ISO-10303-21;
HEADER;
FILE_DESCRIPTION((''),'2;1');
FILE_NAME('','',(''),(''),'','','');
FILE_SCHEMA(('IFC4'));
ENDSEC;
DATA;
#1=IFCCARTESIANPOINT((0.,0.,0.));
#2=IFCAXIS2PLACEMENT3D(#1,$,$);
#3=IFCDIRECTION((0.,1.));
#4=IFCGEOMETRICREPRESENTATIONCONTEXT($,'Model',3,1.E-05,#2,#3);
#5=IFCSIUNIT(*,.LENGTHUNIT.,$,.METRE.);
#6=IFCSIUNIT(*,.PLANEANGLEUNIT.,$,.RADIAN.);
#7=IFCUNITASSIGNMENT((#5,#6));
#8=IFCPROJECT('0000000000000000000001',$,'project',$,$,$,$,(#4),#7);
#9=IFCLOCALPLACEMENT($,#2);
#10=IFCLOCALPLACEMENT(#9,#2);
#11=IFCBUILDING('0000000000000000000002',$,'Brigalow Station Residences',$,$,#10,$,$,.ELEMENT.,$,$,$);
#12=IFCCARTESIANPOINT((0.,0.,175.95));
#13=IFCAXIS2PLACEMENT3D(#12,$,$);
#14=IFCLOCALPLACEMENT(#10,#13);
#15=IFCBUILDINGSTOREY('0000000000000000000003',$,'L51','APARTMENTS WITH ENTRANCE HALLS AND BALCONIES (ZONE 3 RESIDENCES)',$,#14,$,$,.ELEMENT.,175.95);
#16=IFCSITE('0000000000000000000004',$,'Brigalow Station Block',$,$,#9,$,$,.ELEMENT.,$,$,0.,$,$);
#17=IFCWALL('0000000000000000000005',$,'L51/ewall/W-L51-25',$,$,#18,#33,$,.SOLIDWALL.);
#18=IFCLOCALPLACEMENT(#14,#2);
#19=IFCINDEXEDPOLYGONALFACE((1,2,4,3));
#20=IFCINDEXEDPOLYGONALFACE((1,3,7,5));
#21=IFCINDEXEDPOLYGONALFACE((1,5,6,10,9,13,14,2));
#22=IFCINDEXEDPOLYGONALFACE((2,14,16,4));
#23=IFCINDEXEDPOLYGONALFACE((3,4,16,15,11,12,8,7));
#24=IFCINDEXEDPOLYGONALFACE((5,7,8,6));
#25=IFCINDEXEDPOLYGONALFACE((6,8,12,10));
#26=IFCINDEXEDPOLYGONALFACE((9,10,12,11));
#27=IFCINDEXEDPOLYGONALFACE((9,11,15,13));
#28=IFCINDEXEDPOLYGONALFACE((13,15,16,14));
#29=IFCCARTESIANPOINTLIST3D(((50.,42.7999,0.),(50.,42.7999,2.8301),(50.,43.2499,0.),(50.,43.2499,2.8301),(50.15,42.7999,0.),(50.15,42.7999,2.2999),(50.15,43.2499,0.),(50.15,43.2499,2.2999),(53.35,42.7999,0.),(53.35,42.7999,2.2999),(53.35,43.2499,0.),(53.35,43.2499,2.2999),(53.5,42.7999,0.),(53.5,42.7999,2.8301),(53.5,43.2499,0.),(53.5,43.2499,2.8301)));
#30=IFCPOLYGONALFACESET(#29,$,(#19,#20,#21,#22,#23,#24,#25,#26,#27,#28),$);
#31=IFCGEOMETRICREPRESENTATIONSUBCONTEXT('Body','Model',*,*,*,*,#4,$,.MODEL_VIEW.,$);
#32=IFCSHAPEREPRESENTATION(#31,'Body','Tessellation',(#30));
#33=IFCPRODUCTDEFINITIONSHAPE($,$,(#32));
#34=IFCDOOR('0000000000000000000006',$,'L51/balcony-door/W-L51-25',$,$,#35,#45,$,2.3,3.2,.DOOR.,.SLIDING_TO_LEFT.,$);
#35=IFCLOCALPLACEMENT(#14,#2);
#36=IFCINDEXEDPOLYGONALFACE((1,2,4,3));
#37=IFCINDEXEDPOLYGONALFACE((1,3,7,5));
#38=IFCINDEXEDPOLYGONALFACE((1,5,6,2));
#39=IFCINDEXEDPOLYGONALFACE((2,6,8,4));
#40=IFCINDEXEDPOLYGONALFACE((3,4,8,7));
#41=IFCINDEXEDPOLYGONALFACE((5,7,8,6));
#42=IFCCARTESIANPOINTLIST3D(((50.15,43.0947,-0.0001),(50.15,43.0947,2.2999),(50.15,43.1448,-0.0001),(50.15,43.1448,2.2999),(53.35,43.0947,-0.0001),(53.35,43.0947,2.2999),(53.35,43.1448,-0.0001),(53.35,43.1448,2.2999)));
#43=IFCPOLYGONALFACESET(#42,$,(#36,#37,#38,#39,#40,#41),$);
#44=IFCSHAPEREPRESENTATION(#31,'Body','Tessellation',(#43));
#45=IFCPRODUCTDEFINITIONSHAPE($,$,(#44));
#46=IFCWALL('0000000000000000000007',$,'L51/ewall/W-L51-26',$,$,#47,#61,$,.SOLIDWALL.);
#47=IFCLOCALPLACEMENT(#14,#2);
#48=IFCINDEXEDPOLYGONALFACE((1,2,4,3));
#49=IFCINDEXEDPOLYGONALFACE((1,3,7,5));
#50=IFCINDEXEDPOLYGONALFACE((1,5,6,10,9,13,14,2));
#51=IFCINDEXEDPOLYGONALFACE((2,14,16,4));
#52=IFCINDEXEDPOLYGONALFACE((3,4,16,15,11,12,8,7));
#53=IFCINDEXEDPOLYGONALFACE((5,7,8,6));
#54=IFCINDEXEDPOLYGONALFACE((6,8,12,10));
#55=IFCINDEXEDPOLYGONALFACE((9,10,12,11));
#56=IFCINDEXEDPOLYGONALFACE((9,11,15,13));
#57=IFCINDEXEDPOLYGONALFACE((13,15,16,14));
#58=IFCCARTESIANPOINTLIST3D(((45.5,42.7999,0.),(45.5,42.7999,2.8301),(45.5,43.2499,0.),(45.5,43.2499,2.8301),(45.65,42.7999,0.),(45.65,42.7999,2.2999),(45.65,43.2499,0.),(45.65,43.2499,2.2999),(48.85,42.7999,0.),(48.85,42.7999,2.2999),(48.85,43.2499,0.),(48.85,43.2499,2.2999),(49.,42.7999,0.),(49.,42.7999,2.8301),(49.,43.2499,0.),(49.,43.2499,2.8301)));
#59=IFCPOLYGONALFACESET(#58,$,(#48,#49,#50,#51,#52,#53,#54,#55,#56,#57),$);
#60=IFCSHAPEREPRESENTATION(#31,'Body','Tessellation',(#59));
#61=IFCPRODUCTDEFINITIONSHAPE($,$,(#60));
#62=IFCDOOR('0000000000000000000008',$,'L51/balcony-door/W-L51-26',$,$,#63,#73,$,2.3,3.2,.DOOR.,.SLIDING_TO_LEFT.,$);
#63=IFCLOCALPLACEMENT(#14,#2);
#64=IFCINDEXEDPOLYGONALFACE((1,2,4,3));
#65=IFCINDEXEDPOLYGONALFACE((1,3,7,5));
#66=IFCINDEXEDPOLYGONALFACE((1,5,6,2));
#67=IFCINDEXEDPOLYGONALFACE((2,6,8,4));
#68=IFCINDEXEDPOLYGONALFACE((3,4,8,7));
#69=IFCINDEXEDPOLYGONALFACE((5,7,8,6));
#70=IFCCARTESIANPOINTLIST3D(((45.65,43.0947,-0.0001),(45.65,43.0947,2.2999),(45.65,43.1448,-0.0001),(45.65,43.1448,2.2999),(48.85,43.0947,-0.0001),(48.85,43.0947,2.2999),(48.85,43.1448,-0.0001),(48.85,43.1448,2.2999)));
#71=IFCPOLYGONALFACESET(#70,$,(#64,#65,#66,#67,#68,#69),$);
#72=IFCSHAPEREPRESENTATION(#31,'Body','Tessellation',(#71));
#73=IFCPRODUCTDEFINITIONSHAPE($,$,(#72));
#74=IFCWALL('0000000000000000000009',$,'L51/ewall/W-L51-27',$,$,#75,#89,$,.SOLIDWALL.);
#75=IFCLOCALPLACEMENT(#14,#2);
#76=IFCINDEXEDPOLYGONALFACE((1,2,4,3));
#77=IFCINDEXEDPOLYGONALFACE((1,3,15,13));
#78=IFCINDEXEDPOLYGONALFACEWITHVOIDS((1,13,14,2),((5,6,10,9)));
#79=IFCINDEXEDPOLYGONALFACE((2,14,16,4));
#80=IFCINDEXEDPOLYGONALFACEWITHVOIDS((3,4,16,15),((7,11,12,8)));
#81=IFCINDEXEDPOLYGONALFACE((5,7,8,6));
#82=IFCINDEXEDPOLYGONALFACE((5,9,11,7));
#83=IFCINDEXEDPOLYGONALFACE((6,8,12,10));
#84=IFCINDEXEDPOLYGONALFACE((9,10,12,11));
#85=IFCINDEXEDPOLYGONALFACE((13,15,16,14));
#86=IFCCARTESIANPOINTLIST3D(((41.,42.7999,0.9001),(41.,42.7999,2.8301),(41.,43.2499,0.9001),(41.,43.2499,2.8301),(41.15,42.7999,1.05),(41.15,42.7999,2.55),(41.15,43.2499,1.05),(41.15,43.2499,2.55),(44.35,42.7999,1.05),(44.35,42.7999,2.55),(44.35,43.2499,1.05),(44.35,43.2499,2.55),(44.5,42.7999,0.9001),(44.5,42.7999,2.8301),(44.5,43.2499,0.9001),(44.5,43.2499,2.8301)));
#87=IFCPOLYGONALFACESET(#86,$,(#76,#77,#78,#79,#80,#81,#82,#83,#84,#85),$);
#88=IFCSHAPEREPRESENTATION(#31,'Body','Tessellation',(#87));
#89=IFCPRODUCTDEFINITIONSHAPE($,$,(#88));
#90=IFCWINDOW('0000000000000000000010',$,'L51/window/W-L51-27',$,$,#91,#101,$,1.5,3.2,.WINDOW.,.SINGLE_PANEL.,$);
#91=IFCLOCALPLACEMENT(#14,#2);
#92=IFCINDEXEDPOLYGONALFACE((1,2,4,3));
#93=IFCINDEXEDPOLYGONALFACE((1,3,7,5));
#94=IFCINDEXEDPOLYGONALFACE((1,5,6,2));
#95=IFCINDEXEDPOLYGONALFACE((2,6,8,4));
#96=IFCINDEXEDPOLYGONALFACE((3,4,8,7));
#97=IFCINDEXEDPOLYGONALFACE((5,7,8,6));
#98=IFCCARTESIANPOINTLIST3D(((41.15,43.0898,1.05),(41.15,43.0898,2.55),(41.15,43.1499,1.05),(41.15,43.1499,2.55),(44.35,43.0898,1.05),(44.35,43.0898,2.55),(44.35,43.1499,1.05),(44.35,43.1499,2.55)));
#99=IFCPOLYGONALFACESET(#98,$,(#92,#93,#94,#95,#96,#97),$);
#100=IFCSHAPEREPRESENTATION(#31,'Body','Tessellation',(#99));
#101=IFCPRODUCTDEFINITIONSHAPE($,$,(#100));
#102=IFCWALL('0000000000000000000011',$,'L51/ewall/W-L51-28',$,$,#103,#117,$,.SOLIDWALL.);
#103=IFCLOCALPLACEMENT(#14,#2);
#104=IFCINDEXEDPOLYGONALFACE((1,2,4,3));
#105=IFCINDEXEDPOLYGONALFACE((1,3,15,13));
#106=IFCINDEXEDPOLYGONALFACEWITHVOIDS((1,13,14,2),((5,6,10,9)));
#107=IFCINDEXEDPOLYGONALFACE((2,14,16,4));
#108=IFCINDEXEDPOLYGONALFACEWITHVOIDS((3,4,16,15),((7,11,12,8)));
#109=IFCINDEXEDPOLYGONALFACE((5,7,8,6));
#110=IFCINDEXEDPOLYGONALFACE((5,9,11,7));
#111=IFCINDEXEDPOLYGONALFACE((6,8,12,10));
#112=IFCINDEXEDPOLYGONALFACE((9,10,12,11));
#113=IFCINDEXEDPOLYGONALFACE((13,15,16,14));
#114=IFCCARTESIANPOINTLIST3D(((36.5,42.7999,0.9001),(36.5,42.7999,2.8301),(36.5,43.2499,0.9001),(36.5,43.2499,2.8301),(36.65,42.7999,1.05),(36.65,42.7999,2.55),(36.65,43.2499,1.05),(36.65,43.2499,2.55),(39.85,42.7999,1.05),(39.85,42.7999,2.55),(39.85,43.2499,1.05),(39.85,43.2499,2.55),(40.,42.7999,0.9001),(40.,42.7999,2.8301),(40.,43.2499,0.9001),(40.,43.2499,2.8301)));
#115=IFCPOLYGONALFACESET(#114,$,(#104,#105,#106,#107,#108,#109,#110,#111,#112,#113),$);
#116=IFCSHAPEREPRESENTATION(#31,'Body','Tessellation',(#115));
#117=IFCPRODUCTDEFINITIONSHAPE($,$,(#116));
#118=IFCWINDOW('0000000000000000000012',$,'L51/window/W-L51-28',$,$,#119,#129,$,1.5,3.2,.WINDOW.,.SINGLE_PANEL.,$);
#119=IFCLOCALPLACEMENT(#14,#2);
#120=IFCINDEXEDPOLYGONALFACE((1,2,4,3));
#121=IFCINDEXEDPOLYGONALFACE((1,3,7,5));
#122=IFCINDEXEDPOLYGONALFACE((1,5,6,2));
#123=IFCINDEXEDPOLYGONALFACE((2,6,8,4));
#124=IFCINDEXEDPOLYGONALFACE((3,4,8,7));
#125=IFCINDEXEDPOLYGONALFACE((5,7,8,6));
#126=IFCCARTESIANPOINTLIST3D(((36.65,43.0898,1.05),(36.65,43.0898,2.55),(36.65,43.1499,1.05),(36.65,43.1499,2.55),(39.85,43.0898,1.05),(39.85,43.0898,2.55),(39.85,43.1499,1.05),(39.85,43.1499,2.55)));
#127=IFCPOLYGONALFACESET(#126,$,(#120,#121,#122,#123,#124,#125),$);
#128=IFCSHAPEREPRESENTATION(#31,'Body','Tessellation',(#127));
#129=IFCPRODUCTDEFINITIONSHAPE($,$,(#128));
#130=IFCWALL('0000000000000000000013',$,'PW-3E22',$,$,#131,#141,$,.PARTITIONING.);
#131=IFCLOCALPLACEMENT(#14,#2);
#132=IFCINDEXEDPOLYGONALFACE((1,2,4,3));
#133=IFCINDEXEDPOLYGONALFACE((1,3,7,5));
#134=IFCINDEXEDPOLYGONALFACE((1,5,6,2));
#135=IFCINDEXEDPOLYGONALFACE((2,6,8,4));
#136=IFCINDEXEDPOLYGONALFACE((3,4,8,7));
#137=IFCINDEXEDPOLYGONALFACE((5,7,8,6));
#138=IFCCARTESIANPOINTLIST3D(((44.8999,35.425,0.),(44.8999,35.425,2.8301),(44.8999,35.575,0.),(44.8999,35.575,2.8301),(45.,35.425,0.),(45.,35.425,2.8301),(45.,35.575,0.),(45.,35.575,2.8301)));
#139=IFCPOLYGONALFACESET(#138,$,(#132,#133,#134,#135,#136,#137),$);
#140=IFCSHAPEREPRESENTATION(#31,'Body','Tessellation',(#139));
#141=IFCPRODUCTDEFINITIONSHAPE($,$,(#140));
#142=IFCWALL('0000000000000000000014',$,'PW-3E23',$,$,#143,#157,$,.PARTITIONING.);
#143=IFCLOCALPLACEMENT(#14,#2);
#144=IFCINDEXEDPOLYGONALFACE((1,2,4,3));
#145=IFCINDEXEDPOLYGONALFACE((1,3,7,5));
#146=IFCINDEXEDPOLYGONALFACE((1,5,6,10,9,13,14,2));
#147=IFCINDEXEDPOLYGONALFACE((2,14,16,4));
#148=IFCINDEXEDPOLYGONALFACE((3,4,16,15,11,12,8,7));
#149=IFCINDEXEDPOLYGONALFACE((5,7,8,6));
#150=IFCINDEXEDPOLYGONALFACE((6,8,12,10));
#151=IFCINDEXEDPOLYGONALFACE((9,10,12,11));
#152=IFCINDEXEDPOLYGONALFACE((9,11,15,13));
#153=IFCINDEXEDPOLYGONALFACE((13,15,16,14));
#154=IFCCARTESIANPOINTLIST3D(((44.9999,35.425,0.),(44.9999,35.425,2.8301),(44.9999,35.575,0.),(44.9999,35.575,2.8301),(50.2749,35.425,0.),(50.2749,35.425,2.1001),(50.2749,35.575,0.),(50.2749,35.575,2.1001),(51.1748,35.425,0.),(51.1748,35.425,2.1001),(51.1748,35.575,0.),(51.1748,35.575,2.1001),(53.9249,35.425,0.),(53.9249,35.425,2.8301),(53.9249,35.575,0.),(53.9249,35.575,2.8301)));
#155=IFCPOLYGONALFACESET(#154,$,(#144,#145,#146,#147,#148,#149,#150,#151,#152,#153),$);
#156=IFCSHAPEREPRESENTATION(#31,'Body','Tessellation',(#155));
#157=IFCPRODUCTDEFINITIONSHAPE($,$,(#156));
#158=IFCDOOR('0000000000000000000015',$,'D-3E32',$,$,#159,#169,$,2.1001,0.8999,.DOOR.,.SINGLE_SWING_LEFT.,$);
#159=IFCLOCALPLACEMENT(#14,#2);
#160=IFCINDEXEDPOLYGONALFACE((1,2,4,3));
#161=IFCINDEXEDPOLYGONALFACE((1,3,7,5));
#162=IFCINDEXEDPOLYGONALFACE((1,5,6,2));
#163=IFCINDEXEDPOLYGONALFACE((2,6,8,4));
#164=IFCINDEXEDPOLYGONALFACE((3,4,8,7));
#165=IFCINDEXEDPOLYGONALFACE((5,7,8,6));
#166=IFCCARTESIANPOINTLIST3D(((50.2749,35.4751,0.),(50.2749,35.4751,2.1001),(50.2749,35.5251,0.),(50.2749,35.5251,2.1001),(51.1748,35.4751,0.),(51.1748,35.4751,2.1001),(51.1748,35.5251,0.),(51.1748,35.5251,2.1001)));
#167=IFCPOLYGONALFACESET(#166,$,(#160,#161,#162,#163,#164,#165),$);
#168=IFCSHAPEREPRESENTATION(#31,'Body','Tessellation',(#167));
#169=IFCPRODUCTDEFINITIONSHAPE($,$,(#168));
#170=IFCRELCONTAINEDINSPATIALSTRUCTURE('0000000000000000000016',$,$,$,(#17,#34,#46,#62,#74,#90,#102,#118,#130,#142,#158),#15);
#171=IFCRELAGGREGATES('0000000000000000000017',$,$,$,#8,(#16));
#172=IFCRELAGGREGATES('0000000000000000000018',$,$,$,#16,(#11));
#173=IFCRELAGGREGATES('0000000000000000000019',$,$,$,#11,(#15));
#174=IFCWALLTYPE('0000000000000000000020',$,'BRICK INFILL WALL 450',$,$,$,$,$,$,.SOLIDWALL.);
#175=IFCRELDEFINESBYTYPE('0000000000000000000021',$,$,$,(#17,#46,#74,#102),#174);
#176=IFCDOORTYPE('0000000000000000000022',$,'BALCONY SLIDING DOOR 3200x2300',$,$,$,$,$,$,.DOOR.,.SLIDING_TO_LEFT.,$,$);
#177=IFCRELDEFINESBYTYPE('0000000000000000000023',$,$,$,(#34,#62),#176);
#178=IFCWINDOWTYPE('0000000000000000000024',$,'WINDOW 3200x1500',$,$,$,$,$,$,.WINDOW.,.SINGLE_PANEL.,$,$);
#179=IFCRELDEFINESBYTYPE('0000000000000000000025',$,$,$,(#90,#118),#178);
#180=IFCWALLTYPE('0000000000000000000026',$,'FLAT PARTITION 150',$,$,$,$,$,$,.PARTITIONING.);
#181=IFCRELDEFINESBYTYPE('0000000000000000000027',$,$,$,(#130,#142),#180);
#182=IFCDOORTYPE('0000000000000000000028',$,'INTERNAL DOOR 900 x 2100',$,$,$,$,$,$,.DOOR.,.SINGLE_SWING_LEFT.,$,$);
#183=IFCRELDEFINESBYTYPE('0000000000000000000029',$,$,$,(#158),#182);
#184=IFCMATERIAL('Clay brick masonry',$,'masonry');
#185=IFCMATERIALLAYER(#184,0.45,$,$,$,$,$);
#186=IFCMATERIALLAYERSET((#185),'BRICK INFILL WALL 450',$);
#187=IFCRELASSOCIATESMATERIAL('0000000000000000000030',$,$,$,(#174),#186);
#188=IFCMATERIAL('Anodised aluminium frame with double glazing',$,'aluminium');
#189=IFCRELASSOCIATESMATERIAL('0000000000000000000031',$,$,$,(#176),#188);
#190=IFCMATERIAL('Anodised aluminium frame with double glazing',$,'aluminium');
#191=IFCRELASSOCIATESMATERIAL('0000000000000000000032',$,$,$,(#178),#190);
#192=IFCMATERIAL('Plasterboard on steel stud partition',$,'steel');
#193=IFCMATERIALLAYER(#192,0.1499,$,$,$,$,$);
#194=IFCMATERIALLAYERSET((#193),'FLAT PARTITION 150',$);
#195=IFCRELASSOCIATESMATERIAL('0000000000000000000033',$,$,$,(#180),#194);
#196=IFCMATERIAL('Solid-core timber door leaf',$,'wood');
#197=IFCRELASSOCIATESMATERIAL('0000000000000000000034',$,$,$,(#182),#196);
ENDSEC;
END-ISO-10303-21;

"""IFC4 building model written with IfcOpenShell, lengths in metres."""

from ifc_helpers import new_model, si_unit, direction, frame, frame_2d, origin, place, context, subcontext, project, spatial, rectangle, extrude, material, layer, layer_set, type_object, element, fill, save


model = new_model("IFC4")

# Units and contexts
model_context = context("Model", 3, precision=1e-05, world=origin(), true_north=direction((0.0, 1.0)))
body_context = subcontext(model_context, "Body", "Model", "MODEL_VIEW")
ifc_project = project(units=[si_unit("LENGTHUNIT", "METRE"), si_unit("PLANEANGLEUNIT", "RADIAN")], contexts=[model_context])

# Site, building, storey
site_placement = place(None, origin())
site = spatial("IfcSite", under=ifc_project, at=site_placement, Name="Brigalow Station Block", CompositionType="ELEMENT", RefElevation=0.0)
building_placement = place(site_placement, origin())
building = spatial("IfcBuilding", under=site, at=building_placement, Name="Brigalow Station Residences", CompositionType="ELEMENT")
storey_placement = place(building_placement, frame((0.0, 0.0, 175.95)))
storey = spatial("IfcBuildingStorey", under=building, at=storey_placement, Name="L51", Description="APARTMENTS WITH ENTRANCE HALLS AND BALCONIES (ZONE 3 RESIDENCES)", CompositionType="ELEMENT", Elevation=175.95)

# Walls, openings, doors
ifc_material_1 = material(Name="Clay brick masonry", Category="masonry")
ifc_layer_1 = layer(ifc_material_1, 0.45)
ifc_layer_set_1 = layer_set([ifc_layer_1], Name="BRICK INFILL WALL 450")
wall_type_1 = type_object("IfcWallType", Name="BRICK INFILL WALL 450", PredefinedType="SOLIDWALL", material=ifc_layer_set_1)
wall_1_placement = place(storey_placement, frame((53.5, 43.0249, 0.0), z_axis=(0.0, 0.0, 1.0), x_axis=(-1.0, 0.0, 0.0)))
wall_1 = element("IfcWall", 1, at=wall_1_placement, inside=storey, type_object=wall_type_1, Name="L51/ewall/W-L51-25", PredefinedType="SOLIDWALL", context=body_context, shape_type="SweptSolid", body=[
    extrude(rectangle(XDim=3.5, YDim=0.45, at=frame_2d((1.75, 0.0))), origin(), (0.0, 0.0, 1.0), 2.8301),
])
opening_1_placement = place(wall_1_placement, frame((0.1499, 0.0, 0.0)))
opening_1 = element("IfcOpeningElement", 2, at=opening_1_placement, cuts=wall_1, PredefinedType="OPENING", context=body_context, shape_type="SweptSolid", body=[
    extrude(rectangle(XDim=3.2, YDim=2.3, at=frame_2d((1.6001, 1.1499))), frame((0.0, 0.2349, 0.0), z_axis=(0.0, -1.0, 0.0), x_axis=(1.0, 0.0, 0.0)), (0.0, 0.0, 1.0), 0.47),
])
ifc_material_2 = material(Name="Anodised aluminium frame with double glazing", Category="aluminium")
door_type_1 = type_object("IfcDoorType", Name="BALCONY SLIDING DOOR 3200x2300", OperationType="SLIDING_TO_LEFT", PredefinedType="DOOR", material=ifc_material_2)
door_1_placement = place(opening_1_placement, origin())
door_1 = element("IfcDoor", 3, at=door_1_placement, inside=storey, type_object=door_type_1, Name="L51/balcony-door/W-L51-25", OperationType="SLIDING_TO_LEFT", OverallHeight=2.3, OverallWidth=3.2, PredefinedType="DOOR", context=body_context, shape_type="SweptSolid", body=[
    extrude(rectangle(XDim=3.2, YDim=2.3, at=frame_2d((1.6001, 1.1499))), frame((0.0, -0.0698, 0.0), z_axis=(0.0, -1.0, 0.0), x_axis=(1.0, 0.0, 0.0)), (0.0, 0.0, 1.0), 0.05),
])
fill(opening_1, door_1)
wall_2_placement = place(storey_placement, frame((49.0, 43.0249, 0.0), z_axis=(0.0, 0.0, 1.0), x_axis=(-1.0, 0.0, 0.0)))
wall_2 = element("IfcWall", 4, at=wall_2_placement, inside=storey, type_object=wall_type_1, Name="L51/ewall/W-L51-26", PredefinedType="SOLIDWALL", context=body_context, shape_type="SweptSolid", body=[
    extrude(rectangle(XDim=3.5, YDim=0.45, at=frame_2d((1.75, 0.0))), origin(), (0.0, 0.0, 1.0), 2.8301),
])
opening_2_placement = place(wall_2_placement, frame((0.1499, 0.0, 0.0)))
opening_2 = element("IfcOpeningElement", 5, at=opening_2_placement, cuts=wall_2, PredefinedType="OPENING", context=body_context, shape_type="SweptSolid", body=[
    extrude(rectangle(XDim=3.2, YDim=2.3, at=frame_2d((1.6001, 1.1499))), frame((0.0, 0.2349, 0.0), z_axis=(0.0, -1.0, 0.0), x_axis=(1.0, 0.0, 0.0)), (0.0, 0.0, 1.0), 0.47),
])
door_2_placement = place(opening_2_placement, origin())
door_2 = element("IfcDoor", 6, at=door_2_placement, inside=storey, type_object=door_type_1, Name="L51/balcony-door/W-L51-26", OperationType="SLIDING_TO_LEFT", OverallHeight=2.3, OverallWidth=3.2, PredefinedType="DOOR", context=body_context, shape_type="SweptSolid", body=[
    extrude(rectangle(XDim=3.2, YDim=2.3, at=frame_2d((1.6001, 1.1499))), frame((0.0, -0.0698, 0.0), z_axis=(0.0, -1.0, 0.0), x_axis=(1.0, 0.0, 0.0)), (0.0, 0.0, 1.0), 0.05),
])
fill(opening_2, door_2)

# Walls, openings, windows
wall_3_placement = place(storey_placement, frame((44.5, 43.0249, 0.9001), z_axis=(0.0, 0.0, 1.0), x_axis=(-1.0, 0.0, 0.0)))
wall_3 = element("IfcWall", 7, at=wall_3_placement, inside=storey, type_object=wall_type_1, Name="L51/ewall/W-L51-27", PredefinedType="SOLIDWALL", context=body_context, shape_type="SweptSolid", body=[
    extrude(rectangle(XDim=3.5, YDim=0.45, at=frame_2d((1.75, 0.0))), origin(), (0.0, 0.0, 1.0), 1.9299),
])
opening_3_placement = place(wall_3_placement, frame((0.1499, 0.0, 0.1499)))
opening_3 = element("IfcOpeningElement", 8, at=opening_3_placement, cuts=wall_3, PredefinedType="OPENING", context=body_context, shape_type="SweptSolid", body=[
    extrude(rectangle(XDim=3.2, YDim=1.5, at=frame_2d((1.6001, 0.75))), frame((0.0, 0.2349, 0.0), z_axis=(0.0, -1.0, 0.0), x_axis=(1.0, 0.0, 0.0)), (0.0, 0.0, 1.0), 0.47),
])
ifc_material_3 = material(Name="Anodised aluminium frame with double glazing", Category="aluminium")
window_type = type_object("IfcWindowType", Name="WINDOW 3200x1500", PartitioningType="SINGLE_PANEL", PredefinedType="WINDOW", material=ifc_material_3)
window_1_placement = place(opening_3_placement, origin())
window_1 = element("IfcWindow", 9, at=window_1_placement, inside=storey, type_object=window_type, Name="L51/window/W-L51-27", OverallHeight=1.5, OverallWidth=3.2, PartitioningType="SINGLE_PANEL", PredefinedType="WINDOW", context=body_context, shape_type="SweptSolid", body=[
    extrude(rectangle(XDim=3.2, YDim=1.5, at=frame_2d((1.6001, 0.75))), frame((0.0, -0.0649, 0.0), z_axis=(0.0, -1.0, 0.0), x_axis=(1.0, 0.0, 0.0)), (0.0, 0.0, 1.0), 0.0601),
])
fill(opening_3, window_1)
wall_4_placement = place(storey_placement, frame((40.0, 43.0249, 0.9001), z_axis=(0.0, 0.0, 1.0), x_axis=(-1.0, 0.0, 0.0)))
wall_4 = element("IfcWall", 10, at=wall_4_placement, inside=storey, type_object=wall_type_1, Name="L51/ewall/W-L51-28", PredefinedType="SOLIDWALL", context=body_context, shape_type="SweptSolid", body=[
    extrude(rectangle(XDim=3.5, YDim=0.45, at=frame_2d((1.75, 0.0))), origin(), (0.0, 0.0, 1.0), 1.9299),
])
opening_4_placement = place(wall_4_placement, frame((0.1499, 0.0, 0.1499)))
opening_4 = element("IfcOpeningElement", 11, at=opening_4_placement, cuts=wall_4, PredefinedType="OPENING", context=body_context, shape_type="SweptSolid", body=[
    extrude(rectangle(XDim=3.2, YDim=1.5, at=frame_2d((1.6001, 0.75))), frame((0.0, 0.2349, 0.0), z_axis=(0.0, -1.0, 0.0), x_axis=(1.0, 0.0, 0.0)), (0.0, 0.0, 1.0), 0.47),
])
window_2_placement = place(opening_4_placement, origin())
window_2 = element("IfcWindow", 12, at=window_2_placement, inside=storey, type_object=window_type, Name="L51/window/W-L51-28", OverallHeight=1.5, OverallWidth=3.2, PartitioningType="SINGLE_PANEL", PredefinedType="WINDOW", context=body_context, shape_type="SweptSolid", body=[
    extrude(rectangle(XDim=3.2, YDim=1.5, at=frame_2d((1.6001, 0.75))), frame((0.0, -0.0649, 0.0), z_axis=(0.0, -1.0, 0.0), x_axis=(1.0, 0.0, 0.0)), (0.0, 0.0, 1.0), 0.0601),
])
fill(opening_4, window_2)

# Wall
ifc_material_4 = material(Name="Plasterboard on steel stud partition", Category="steel")
ifc_layer_2 = layer(ifc_material_4, 0.1499)
ifc_layer_set_2 = layer_set([ifc_layer_2], Name="FLAT PARTITION 150")
wall_type_2 = type_object("IfcWallType", Name="FLAT PARTITION 150", PredefinedType="PARTITIONING", material=ifc_layer_set_2)
wall_5_placement = place(storey_placement, frame((44.8999, 35.5, 0.0), z_axis=(0.0, 0.0, 1.0), x_axis=(1.0, 0.0, 0.0)))
element("IfcWall", 13, at=wall_5_placement, inside=storey, type_object=wall_type_2, Name="PW-3E22", PredefinedType="PARTITIONING", context=body_context, shape_type="SweptSolid", body=[
    extrude(rectangle(XDim=0.1001, YDim=0.1499, at=frame_2d((0.05, 0.0))), origin(), (0.0, 0.0, 1.0), 2.8301),
])

# Wall, opening, door
wall_6_placement = place(storey_placement, frame((45.0, 35.5, 0.0), z_axis=(0.0, 0.0, 1.0), x_axis=(1.0, 0.0, 0.0)))
wall_6 = element("IfcWall", 14, at=wall_6_placement, inside=storey, type_object=wall_type_2, Name="PW-3E23", PredefinedType="PARTITIONING", context=body_context, shape_type="SweptSolid", body=[
    extrude(rectangle(XDim=8.925, YDim=0.1499, at=frame_2d((4.4624, 0.0))), origin(), (0.0, 0.0, 1.0), 2.8301),
])
opening_5_placement = place(wall_6_placement, frame((5.2749, 0.0, 0.0)))
opening_5 = element("IfcOpeningElement", 15, at=opening_5_placement, cuts=wall_6, PredefinedType="OPENING", context=body_context, shape_type="SweptSolid", body=[
    extrude(rectangle(XDim=0.8999, YDim=2.1001, at=frame_2d((0.45, 1.05))), frame((0.0, 0.085, 0.0), z_axis=(0.0, -1.0, 0.0), x_axis=(1.0, 0.0, 0.0)), (0.0, 0.0, 1.0), 0.1699),
])
ifc_material_5 = material(Name="Solid-core timber door leaf", Category="wood")
door_type_2 = type_object("IfcDoorType", Name="INTERNAL DOOR 900 x 2100", OperationType="SINGLE_SWING_LEFT", PredefinedType="DOOR", material=ifc_material_5)
door_3_placement = place(opening_5_placement, frame((0.8999, 0.0, 0.0), z_axis=(0.0, 0.0, 1.0), x_axis=(-1.0, 0.0, 0.0)))
door_3 = element("IfcDoor", 16, at=door_3_placement, inside=storey, type_object=door_type_2, Name="D-3E32", OperationType="SINGLE_SWING_LEFT", OverallHeight=2.1001, OverallWidth=0.8999, PredefinedType="DOOR", context=body_context, shape_type="SweptSolid", body=[
    extrude(rectangle(XDim=0.8999, YDim=2.1001, at=frame_2d((0.45, 1.05))), frame((0.0, 0.0249, 0.0), z_axis=(0.0, -1.0, 0.0), x_axis=(1.0, 0.0, 0.0)), (0.0, 0.0, 1.0), 0.05),
])
fill(opening_5, door_3)

save(model, "model.ifc")
